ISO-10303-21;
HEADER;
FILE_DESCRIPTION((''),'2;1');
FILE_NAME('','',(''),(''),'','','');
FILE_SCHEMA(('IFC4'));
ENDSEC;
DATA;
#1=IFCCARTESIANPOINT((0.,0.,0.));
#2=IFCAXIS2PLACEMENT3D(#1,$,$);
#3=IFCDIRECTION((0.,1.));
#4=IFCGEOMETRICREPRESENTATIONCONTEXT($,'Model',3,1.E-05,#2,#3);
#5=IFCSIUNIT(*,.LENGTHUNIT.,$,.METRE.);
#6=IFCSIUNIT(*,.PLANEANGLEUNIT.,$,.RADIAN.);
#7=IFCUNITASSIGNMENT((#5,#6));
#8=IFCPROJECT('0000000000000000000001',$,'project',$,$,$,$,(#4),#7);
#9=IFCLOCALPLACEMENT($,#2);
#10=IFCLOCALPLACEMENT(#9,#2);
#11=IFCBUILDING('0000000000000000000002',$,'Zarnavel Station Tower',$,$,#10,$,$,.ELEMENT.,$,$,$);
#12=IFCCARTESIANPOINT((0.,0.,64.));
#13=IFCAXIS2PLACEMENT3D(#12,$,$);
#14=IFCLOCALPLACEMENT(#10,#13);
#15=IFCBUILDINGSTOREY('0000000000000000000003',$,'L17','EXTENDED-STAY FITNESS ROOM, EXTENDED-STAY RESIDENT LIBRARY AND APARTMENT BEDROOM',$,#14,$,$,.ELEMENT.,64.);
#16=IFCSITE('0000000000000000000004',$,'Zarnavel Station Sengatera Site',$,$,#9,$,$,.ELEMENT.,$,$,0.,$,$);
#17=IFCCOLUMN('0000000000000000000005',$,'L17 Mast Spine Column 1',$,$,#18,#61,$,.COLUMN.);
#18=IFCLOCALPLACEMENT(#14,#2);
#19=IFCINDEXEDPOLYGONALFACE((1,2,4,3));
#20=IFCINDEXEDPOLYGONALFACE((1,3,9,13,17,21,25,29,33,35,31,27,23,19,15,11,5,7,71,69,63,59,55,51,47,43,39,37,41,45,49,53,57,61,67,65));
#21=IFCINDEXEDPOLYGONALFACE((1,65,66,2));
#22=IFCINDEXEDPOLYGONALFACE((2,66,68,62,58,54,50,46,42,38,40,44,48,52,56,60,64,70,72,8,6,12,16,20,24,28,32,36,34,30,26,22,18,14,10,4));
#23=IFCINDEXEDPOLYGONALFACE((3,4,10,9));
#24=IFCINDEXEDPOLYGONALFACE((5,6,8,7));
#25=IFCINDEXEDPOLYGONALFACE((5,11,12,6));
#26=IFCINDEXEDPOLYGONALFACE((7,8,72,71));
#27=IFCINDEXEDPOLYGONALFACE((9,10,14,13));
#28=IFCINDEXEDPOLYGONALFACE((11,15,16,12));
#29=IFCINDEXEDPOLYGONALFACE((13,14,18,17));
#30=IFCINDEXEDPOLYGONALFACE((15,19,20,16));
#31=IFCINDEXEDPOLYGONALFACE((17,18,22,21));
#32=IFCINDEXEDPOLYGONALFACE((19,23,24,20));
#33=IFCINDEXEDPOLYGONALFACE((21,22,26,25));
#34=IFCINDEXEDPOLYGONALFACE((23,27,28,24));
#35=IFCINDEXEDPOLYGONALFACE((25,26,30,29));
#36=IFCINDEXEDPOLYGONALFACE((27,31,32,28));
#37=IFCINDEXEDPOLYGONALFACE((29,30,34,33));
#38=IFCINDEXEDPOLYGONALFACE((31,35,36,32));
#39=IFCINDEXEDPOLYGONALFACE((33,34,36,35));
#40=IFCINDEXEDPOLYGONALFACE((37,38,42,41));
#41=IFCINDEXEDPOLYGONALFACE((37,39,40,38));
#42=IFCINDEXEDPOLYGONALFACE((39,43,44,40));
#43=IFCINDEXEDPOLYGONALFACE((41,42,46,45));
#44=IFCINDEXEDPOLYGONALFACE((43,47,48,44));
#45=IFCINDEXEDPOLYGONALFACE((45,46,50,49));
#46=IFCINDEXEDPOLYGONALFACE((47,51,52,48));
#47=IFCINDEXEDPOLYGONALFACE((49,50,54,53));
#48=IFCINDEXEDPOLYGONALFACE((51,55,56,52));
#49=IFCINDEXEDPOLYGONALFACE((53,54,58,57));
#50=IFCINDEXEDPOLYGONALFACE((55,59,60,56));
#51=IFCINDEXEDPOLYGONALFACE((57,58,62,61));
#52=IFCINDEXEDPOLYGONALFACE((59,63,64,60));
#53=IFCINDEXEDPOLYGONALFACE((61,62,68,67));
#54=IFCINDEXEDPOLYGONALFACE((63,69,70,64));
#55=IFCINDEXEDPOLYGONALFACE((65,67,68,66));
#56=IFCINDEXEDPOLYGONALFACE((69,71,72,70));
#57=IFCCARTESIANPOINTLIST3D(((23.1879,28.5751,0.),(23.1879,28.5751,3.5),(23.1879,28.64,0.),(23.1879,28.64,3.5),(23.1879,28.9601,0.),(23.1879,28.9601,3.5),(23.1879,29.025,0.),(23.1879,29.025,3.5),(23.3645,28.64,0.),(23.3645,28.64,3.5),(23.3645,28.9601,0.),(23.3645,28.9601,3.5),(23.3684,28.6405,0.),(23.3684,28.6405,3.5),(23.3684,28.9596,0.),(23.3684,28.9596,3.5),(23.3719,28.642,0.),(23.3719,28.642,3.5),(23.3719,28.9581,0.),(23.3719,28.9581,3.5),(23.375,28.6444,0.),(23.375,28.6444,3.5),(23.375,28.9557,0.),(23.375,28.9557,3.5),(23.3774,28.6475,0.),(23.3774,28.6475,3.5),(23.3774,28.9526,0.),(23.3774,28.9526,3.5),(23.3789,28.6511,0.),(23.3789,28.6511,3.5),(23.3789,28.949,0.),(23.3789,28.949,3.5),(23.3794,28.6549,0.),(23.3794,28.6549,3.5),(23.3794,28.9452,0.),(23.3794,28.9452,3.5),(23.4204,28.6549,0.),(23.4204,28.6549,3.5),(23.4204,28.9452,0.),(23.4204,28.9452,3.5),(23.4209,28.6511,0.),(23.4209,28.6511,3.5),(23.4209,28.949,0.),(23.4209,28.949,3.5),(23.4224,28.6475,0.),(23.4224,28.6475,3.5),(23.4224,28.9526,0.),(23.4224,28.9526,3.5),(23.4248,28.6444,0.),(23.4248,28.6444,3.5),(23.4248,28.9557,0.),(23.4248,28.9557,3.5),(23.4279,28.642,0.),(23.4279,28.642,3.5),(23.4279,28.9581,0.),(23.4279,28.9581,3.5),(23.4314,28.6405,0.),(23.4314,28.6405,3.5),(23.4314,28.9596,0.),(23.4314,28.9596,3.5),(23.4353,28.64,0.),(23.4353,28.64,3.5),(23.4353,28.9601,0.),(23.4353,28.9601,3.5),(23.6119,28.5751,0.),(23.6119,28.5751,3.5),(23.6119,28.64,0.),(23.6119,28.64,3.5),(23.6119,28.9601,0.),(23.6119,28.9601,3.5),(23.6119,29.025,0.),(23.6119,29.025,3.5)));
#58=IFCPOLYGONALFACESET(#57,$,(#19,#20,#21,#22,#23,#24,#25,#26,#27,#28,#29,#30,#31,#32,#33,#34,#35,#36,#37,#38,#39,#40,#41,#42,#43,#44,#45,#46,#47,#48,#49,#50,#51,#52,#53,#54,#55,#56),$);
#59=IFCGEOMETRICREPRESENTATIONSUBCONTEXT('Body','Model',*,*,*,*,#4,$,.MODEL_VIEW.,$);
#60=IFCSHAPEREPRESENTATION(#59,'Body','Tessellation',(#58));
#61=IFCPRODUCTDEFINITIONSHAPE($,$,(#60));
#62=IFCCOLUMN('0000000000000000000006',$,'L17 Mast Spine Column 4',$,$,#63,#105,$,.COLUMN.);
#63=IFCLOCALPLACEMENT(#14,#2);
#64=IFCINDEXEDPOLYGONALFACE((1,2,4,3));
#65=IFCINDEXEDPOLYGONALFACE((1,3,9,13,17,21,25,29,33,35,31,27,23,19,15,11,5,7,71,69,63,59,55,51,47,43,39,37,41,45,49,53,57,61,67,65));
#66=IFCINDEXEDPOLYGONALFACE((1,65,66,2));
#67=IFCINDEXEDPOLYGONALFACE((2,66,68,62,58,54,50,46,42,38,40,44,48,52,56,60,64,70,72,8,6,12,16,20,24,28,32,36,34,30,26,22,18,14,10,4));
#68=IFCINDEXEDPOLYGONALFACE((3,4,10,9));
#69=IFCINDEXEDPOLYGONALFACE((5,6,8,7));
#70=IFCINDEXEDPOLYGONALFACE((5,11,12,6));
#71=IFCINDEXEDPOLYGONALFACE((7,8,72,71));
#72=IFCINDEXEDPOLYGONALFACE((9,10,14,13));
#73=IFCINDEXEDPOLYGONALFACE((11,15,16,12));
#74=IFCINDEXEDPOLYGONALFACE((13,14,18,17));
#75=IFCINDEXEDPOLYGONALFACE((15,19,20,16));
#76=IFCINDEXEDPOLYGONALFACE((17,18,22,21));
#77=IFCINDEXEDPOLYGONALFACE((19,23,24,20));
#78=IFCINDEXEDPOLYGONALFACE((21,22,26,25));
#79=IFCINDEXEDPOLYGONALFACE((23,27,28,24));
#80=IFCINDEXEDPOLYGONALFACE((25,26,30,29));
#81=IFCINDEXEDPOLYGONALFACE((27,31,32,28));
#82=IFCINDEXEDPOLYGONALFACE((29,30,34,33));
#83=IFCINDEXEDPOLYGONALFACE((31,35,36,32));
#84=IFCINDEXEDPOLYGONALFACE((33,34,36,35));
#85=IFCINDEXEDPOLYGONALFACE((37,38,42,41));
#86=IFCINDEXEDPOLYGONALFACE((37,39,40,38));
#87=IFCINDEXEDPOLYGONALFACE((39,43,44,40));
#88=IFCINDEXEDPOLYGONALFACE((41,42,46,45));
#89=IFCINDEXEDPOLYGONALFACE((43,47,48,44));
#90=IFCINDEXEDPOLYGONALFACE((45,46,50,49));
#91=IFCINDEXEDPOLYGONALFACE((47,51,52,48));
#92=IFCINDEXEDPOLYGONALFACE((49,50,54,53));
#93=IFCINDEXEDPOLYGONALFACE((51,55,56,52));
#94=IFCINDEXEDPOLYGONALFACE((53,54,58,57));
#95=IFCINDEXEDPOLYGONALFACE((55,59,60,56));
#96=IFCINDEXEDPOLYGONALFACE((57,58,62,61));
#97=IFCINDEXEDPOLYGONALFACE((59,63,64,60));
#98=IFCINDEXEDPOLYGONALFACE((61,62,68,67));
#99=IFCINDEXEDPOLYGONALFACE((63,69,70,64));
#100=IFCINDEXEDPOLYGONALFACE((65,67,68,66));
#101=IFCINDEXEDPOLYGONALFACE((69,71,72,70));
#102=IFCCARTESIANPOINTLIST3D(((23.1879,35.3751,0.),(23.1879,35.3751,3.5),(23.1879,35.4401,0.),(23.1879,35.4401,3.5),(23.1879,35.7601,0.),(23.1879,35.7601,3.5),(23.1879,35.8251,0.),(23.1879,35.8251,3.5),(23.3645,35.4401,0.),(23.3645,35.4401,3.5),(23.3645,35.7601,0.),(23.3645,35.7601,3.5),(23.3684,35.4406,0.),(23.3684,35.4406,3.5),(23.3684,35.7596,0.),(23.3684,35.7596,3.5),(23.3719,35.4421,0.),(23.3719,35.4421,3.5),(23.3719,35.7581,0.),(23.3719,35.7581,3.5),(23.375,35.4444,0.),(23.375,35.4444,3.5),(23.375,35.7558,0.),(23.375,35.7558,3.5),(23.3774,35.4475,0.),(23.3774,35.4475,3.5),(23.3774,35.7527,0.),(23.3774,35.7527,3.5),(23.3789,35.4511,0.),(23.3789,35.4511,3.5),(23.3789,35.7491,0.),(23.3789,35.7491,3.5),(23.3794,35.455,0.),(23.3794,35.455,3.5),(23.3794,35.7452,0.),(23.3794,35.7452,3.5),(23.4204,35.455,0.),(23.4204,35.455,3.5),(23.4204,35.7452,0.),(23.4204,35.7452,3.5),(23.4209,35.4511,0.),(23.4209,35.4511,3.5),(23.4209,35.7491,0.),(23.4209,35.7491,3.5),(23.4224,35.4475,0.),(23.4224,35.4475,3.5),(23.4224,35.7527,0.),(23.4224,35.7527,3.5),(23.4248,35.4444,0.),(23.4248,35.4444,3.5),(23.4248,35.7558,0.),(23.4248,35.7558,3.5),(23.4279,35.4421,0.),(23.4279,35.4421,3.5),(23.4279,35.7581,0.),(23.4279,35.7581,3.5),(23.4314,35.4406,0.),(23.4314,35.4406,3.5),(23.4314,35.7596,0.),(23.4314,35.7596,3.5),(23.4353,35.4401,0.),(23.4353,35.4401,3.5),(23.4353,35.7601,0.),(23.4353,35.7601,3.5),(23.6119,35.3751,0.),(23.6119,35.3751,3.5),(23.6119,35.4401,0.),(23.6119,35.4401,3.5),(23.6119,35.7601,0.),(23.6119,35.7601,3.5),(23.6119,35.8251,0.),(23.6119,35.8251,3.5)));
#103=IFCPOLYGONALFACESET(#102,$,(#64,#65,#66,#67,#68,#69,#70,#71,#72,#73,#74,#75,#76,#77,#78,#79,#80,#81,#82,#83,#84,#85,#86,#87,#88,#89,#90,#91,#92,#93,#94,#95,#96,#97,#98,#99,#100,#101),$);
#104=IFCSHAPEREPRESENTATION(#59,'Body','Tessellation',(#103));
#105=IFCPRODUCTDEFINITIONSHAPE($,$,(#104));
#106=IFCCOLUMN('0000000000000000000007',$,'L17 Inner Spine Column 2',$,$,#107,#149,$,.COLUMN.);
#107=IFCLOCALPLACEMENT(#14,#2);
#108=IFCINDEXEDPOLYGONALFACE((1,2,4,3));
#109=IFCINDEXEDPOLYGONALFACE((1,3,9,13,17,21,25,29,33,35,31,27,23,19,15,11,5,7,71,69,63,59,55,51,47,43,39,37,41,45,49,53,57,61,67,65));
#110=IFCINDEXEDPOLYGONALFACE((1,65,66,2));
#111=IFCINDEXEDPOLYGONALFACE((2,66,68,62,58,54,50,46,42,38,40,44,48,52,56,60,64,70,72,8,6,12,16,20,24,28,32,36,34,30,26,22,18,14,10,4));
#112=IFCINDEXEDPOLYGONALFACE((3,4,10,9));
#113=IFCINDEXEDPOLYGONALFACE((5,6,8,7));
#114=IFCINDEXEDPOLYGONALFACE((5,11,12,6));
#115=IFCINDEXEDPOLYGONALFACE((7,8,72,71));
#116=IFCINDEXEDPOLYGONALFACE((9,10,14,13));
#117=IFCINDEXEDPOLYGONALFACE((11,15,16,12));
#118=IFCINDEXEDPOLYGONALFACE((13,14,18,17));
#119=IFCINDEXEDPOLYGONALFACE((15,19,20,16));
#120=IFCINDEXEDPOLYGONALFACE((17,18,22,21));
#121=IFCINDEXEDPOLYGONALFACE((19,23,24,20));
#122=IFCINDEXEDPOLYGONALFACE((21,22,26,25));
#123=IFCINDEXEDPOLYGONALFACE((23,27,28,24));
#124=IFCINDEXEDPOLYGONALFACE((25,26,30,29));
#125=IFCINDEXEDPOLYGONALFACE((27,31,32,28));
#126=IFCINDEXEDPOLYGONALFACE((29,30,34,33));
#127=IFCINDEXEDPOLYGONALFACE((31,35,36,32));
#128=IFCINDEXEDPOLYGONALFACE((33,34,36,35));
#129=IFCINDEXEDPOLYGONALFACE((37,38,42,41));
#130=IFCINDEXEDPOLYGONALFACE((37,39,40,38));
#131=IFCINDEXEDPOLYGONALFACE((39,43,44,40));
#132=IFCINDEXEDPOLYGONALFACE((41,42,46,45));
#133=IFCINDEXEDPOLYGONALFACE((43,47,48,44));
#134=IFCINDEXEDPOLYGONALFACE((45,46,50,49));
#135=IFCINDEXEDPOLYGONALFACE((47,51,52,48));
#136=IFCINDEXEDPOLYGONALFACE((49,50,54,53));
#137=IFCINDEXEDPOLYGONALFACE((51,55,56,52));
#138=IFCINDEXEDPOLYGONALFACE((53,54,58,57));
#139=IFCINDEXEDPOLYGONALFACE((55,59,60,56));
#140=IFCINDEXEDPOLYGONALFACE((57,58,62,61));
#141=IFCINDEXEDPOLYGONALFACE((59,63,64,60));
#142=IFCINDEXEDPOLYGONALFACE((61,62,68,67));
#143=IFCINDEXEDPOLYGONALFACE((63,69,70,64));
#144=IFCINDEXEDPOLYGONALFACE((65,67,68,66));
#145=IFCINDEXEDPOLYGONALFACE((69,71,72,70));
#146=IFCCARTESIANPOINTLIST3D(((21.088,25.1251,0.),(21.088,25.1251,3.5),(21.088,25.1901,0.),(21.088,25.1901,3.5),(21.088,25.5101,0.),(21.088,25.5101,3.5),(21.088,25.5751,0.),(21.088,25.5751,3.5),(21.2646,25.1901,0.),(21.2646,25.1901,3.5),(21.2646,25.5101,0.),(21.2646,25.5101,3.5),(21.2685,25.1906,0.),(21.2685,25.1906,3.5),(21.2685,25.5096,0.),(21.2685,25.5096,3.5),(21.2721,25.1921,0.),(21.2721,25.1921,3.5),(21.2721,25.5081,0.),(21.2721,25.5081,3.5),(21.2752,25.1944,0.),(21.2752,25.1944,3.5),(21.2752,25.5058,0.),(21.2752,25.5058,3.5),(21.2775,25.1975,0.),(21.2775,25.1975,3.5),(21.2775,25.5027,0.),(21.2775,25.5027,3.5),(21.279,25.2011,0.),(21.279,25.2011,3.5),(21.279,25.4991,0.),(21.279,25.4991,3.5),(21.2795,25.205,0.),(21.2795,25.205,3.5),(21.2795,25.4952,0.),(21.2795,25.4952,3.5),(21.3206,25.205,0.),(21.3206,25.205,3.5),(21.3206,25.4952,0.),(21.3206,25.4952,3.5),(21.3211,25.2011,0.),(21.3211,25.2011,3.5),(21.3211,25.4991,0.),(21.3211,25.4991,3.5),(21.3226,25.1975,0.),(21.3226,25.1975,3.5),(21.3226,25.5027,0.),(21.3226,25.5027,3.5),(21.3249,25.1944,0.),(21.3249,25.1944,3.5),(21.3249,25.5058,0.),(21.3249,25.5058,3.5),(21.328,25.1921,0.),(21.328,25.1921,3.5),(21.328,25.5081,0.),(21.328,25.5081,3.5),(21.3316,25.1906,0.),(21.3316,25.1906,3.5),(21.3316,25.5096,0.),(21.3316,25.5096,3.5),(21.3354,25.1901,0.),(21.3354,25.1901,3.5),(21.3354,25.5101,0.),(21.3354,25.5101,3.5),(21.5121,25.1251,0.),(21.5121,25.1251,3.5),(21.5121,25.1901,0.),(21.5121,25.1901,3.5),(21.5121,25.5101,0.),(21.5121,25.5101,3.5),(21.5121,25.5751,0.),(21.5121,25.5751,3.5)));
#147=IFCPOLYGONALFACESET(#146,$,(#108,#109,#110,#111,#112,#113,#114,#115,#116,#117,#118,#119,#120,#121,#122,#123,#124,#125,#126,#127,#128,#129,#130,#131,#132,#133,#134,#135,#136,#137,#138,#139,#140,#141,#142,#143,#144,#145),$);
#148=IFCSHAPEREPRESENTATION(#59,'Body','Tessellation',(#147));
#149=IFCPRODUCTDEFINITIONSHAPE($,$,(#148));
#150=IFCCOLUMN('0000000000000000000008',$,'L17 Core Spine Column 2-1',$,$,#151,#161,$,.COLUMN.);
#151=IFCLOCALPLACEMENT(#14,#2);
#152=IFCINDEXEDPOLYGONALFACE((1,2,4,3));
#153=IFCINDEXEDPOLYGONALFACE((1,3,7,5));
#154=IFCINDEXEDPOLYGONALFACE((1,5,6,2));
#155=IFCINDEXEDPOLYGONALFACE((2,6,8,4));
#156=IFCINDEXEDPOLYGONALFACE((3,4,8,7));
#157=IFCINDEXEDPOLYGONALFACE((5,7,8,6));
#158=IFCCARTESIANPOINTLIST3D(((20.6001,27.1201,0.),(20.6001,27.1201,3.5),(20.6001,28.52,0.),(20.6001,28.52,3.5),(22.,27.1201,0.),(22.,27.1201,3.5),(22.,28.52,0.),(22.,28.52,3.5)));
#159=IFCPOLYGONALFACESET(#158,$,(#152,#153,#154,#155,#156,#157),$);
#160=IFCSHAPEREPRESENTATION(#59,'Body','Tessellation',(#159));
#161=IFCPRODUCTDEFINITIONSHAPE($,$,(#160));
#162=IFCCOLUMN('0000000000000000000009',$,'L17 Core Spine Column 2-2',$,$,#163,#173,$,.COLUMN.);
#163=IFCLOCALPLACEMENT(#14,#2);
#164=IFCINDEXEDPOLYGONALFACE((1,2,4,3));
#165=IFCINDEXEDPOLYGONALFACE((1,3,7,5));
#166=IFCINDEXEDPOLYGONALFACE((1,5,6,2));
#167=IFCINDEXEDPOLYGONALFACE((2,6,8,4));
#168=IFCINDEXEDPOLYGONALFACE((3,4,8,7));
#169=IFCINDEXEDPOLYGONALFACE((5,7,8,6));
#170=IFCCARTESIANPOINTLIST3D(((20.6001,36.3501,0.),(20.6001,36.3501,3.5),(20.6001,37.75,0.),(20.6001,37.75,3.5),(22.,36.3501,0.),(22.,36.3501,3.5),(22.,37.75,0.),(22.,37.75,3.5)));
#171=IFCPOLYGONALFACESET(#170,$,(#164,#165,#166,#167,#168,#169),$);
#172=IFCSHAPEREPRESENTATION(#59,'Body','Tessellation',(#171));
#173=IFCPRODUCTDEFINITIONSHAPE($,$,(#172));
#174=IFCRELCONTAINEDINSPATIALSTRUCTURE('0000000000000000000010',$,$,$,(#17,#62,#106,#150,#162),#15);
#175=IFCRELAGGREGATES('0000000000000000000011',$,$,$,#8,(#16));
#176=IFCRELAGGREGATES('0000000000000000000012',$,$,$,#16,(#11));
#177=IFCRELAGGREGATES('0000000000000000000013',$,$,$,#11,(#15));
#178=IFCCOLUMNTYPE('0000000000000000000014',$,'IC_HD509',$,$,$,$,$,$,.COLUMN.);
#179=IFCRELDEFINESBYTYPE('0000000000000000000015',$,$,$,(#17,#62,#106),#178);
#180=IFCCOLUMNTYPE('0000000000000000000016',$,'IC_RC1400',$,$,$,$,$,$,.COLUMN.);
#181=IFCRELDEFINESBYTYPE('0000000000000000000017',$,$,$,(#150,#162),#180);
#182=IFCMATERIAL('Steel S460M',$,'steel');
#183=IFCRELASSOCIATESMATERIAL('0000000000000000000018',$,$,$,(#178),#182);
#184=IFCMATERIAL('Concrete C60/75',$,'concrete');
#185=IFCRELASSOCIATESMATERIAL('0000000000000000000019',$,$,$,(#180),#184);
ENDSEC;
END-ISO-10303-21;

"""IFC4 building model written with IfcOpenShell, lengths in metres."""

from ifc_helpers import new_model, si_unit, direction, frame, origin, origin_2d, place, context, subcontext, project, spatial, rectangle, i_section, extrude, material, material_profile, profile_set, type_object, element, save


model = new_model("IFC4")

# Units and contexts
model_context = context("Model", 3, precision=1e-05, world=origin(), true_north=direction((0.0, 1.0)))
body_context = subcontext(model_context, "Body", "Model", "MODEL_VIEW")
ifc_project = project(units=[si_unit("LENGTHUNIT", "METRE"), si_unit("PLANEANGLEUNIT", "RADIAN")], contexts=[model_context])

# Site, building, storey
site_placement = place(None, origin())
site = spatial("IfcSite", under=ifc_project, at=site_placement, Name="Zarnavel Station Sengatera Site", CompositionType="ELEMENT", RefElevation=0.0)
building_placement = place(site_placement, origin())
building = spatial("IfcBuilding", under=site, at=building_placement, Name="Zarnavel Station Tower", CompositionType="ELEMENT")
storey_placement = place(building_placement, frame((0.0, 0.0, 64.0)))
storey = spatial("IfcBuildingStorey", under=building, at=storey_placement, Name="L17", Description="EXTENDED-STAY FITNESS ROOM, EXTENDED-STAY RESIDENT LIBRARY AND APARTMENT BEDROOM", CompositionType="ELEMENT", Elevation=64.0)

# Columns
ifc_material_1 = material(Name="Steel S460M", Category="steel")
ifc_material_profile_1 = material_profile(ifc_material_1, i_section(OverallWidth=0.4241, OverallDepth=0.45, WebThickness=0.041, FlangeThickness=0.0649, FilletRadius=0.0149, at=origin_2d()), Name="HD400x509")
ifc_profile_set_1 = profile_set([ifc_material_profile_1], Name="Steel S460M")
column_type_1 = type_object("IfcColumnType", Name="IC_HD509", PredefinedType="COLUMN", material=ifc_profile_set_1)
for number, where, z_axis, x_axis, name in (
    (1, (23.3999, 28.8, 0.0), (0.0, 0.0, 1.0), (1.0, 0.0, 0.0), "L17 Mast Spine Column 1"),
    (2, (23.3999, 35.6001, 0.0), (0.0, 0.0, 1.0), (1.0, 0.0, 0.0), "L17 Mast Spine Column 4"),
    (3, (21.3, 25.3501, 0.0), (0.0, 0.0, 1.0), (1.0, 0.0, 0.0), "L17 Inner Spine Column 2"),
):
    element("IfcColumn", number, at=place(storey_placement, frame(where, z_axis=z_axis, x_axis=x_axis)), inside=storey, type_object=column_type_1, Name=name, PredefinedType="COLUMN", context=body_context, shape_type="SweptSolid", body=[
        extrude(i_section(OverallWidth=0.4241, OverallDepth=0.45, WebThickness=0.041, FlangeThickness=0.0649, FilletRadius=0.0149, at=origin_2d()), origin(), (0.0, 0.0, 1.0), 3.5),
    ])
ifc_material_2 = material(Name="Concrete C60/75", Category="concrete")
ifc_material_profile_2 = material_profile(ifc_material_2, rectangle(XDim=1.3999, YDim=1.3999, at=origin_2d()), Name="RC1400x1400")
ifc_profile_set_2 = profile_set([ifc_material_profile_2], Name="Concrete C60/75")
column_type_2 = type_object("IfcColumnType", Name="IC_RC1400", PredefinedType="COLUMN", material=ifc_profile_set_2)
for number, where, z_axis, x_axis, name in (
    (4, (21.3, 27.8201, 0.0), (0.0, 0.0, 1.0), (1.0, 0.0, 0.0), "L17 Core Spine Column 2-1"),
    (5, (21.3, 37.05, 0.0), (0.0, 0.0, 1.0), (1.0, 0.0, 0.0), "L17 Core Spine Column 2-2"),
):
    element("IfcColumn", number, at=place(storey_placement, frame(where, z_axis=z_axis, x_axis=x_axis)), inside=storey, type_object=column_type_2, Name=name, PredefinedType="COLUMN", context=body_context, shape_type="SweptSolid", body=[
        extrude(rectangle(XDim=1.3999, YDim=1.3999, at=origin_2d()), origin(), (0.0, 0.0, 1.0), 3.5),
    ])

save(model, "model.ifc")
